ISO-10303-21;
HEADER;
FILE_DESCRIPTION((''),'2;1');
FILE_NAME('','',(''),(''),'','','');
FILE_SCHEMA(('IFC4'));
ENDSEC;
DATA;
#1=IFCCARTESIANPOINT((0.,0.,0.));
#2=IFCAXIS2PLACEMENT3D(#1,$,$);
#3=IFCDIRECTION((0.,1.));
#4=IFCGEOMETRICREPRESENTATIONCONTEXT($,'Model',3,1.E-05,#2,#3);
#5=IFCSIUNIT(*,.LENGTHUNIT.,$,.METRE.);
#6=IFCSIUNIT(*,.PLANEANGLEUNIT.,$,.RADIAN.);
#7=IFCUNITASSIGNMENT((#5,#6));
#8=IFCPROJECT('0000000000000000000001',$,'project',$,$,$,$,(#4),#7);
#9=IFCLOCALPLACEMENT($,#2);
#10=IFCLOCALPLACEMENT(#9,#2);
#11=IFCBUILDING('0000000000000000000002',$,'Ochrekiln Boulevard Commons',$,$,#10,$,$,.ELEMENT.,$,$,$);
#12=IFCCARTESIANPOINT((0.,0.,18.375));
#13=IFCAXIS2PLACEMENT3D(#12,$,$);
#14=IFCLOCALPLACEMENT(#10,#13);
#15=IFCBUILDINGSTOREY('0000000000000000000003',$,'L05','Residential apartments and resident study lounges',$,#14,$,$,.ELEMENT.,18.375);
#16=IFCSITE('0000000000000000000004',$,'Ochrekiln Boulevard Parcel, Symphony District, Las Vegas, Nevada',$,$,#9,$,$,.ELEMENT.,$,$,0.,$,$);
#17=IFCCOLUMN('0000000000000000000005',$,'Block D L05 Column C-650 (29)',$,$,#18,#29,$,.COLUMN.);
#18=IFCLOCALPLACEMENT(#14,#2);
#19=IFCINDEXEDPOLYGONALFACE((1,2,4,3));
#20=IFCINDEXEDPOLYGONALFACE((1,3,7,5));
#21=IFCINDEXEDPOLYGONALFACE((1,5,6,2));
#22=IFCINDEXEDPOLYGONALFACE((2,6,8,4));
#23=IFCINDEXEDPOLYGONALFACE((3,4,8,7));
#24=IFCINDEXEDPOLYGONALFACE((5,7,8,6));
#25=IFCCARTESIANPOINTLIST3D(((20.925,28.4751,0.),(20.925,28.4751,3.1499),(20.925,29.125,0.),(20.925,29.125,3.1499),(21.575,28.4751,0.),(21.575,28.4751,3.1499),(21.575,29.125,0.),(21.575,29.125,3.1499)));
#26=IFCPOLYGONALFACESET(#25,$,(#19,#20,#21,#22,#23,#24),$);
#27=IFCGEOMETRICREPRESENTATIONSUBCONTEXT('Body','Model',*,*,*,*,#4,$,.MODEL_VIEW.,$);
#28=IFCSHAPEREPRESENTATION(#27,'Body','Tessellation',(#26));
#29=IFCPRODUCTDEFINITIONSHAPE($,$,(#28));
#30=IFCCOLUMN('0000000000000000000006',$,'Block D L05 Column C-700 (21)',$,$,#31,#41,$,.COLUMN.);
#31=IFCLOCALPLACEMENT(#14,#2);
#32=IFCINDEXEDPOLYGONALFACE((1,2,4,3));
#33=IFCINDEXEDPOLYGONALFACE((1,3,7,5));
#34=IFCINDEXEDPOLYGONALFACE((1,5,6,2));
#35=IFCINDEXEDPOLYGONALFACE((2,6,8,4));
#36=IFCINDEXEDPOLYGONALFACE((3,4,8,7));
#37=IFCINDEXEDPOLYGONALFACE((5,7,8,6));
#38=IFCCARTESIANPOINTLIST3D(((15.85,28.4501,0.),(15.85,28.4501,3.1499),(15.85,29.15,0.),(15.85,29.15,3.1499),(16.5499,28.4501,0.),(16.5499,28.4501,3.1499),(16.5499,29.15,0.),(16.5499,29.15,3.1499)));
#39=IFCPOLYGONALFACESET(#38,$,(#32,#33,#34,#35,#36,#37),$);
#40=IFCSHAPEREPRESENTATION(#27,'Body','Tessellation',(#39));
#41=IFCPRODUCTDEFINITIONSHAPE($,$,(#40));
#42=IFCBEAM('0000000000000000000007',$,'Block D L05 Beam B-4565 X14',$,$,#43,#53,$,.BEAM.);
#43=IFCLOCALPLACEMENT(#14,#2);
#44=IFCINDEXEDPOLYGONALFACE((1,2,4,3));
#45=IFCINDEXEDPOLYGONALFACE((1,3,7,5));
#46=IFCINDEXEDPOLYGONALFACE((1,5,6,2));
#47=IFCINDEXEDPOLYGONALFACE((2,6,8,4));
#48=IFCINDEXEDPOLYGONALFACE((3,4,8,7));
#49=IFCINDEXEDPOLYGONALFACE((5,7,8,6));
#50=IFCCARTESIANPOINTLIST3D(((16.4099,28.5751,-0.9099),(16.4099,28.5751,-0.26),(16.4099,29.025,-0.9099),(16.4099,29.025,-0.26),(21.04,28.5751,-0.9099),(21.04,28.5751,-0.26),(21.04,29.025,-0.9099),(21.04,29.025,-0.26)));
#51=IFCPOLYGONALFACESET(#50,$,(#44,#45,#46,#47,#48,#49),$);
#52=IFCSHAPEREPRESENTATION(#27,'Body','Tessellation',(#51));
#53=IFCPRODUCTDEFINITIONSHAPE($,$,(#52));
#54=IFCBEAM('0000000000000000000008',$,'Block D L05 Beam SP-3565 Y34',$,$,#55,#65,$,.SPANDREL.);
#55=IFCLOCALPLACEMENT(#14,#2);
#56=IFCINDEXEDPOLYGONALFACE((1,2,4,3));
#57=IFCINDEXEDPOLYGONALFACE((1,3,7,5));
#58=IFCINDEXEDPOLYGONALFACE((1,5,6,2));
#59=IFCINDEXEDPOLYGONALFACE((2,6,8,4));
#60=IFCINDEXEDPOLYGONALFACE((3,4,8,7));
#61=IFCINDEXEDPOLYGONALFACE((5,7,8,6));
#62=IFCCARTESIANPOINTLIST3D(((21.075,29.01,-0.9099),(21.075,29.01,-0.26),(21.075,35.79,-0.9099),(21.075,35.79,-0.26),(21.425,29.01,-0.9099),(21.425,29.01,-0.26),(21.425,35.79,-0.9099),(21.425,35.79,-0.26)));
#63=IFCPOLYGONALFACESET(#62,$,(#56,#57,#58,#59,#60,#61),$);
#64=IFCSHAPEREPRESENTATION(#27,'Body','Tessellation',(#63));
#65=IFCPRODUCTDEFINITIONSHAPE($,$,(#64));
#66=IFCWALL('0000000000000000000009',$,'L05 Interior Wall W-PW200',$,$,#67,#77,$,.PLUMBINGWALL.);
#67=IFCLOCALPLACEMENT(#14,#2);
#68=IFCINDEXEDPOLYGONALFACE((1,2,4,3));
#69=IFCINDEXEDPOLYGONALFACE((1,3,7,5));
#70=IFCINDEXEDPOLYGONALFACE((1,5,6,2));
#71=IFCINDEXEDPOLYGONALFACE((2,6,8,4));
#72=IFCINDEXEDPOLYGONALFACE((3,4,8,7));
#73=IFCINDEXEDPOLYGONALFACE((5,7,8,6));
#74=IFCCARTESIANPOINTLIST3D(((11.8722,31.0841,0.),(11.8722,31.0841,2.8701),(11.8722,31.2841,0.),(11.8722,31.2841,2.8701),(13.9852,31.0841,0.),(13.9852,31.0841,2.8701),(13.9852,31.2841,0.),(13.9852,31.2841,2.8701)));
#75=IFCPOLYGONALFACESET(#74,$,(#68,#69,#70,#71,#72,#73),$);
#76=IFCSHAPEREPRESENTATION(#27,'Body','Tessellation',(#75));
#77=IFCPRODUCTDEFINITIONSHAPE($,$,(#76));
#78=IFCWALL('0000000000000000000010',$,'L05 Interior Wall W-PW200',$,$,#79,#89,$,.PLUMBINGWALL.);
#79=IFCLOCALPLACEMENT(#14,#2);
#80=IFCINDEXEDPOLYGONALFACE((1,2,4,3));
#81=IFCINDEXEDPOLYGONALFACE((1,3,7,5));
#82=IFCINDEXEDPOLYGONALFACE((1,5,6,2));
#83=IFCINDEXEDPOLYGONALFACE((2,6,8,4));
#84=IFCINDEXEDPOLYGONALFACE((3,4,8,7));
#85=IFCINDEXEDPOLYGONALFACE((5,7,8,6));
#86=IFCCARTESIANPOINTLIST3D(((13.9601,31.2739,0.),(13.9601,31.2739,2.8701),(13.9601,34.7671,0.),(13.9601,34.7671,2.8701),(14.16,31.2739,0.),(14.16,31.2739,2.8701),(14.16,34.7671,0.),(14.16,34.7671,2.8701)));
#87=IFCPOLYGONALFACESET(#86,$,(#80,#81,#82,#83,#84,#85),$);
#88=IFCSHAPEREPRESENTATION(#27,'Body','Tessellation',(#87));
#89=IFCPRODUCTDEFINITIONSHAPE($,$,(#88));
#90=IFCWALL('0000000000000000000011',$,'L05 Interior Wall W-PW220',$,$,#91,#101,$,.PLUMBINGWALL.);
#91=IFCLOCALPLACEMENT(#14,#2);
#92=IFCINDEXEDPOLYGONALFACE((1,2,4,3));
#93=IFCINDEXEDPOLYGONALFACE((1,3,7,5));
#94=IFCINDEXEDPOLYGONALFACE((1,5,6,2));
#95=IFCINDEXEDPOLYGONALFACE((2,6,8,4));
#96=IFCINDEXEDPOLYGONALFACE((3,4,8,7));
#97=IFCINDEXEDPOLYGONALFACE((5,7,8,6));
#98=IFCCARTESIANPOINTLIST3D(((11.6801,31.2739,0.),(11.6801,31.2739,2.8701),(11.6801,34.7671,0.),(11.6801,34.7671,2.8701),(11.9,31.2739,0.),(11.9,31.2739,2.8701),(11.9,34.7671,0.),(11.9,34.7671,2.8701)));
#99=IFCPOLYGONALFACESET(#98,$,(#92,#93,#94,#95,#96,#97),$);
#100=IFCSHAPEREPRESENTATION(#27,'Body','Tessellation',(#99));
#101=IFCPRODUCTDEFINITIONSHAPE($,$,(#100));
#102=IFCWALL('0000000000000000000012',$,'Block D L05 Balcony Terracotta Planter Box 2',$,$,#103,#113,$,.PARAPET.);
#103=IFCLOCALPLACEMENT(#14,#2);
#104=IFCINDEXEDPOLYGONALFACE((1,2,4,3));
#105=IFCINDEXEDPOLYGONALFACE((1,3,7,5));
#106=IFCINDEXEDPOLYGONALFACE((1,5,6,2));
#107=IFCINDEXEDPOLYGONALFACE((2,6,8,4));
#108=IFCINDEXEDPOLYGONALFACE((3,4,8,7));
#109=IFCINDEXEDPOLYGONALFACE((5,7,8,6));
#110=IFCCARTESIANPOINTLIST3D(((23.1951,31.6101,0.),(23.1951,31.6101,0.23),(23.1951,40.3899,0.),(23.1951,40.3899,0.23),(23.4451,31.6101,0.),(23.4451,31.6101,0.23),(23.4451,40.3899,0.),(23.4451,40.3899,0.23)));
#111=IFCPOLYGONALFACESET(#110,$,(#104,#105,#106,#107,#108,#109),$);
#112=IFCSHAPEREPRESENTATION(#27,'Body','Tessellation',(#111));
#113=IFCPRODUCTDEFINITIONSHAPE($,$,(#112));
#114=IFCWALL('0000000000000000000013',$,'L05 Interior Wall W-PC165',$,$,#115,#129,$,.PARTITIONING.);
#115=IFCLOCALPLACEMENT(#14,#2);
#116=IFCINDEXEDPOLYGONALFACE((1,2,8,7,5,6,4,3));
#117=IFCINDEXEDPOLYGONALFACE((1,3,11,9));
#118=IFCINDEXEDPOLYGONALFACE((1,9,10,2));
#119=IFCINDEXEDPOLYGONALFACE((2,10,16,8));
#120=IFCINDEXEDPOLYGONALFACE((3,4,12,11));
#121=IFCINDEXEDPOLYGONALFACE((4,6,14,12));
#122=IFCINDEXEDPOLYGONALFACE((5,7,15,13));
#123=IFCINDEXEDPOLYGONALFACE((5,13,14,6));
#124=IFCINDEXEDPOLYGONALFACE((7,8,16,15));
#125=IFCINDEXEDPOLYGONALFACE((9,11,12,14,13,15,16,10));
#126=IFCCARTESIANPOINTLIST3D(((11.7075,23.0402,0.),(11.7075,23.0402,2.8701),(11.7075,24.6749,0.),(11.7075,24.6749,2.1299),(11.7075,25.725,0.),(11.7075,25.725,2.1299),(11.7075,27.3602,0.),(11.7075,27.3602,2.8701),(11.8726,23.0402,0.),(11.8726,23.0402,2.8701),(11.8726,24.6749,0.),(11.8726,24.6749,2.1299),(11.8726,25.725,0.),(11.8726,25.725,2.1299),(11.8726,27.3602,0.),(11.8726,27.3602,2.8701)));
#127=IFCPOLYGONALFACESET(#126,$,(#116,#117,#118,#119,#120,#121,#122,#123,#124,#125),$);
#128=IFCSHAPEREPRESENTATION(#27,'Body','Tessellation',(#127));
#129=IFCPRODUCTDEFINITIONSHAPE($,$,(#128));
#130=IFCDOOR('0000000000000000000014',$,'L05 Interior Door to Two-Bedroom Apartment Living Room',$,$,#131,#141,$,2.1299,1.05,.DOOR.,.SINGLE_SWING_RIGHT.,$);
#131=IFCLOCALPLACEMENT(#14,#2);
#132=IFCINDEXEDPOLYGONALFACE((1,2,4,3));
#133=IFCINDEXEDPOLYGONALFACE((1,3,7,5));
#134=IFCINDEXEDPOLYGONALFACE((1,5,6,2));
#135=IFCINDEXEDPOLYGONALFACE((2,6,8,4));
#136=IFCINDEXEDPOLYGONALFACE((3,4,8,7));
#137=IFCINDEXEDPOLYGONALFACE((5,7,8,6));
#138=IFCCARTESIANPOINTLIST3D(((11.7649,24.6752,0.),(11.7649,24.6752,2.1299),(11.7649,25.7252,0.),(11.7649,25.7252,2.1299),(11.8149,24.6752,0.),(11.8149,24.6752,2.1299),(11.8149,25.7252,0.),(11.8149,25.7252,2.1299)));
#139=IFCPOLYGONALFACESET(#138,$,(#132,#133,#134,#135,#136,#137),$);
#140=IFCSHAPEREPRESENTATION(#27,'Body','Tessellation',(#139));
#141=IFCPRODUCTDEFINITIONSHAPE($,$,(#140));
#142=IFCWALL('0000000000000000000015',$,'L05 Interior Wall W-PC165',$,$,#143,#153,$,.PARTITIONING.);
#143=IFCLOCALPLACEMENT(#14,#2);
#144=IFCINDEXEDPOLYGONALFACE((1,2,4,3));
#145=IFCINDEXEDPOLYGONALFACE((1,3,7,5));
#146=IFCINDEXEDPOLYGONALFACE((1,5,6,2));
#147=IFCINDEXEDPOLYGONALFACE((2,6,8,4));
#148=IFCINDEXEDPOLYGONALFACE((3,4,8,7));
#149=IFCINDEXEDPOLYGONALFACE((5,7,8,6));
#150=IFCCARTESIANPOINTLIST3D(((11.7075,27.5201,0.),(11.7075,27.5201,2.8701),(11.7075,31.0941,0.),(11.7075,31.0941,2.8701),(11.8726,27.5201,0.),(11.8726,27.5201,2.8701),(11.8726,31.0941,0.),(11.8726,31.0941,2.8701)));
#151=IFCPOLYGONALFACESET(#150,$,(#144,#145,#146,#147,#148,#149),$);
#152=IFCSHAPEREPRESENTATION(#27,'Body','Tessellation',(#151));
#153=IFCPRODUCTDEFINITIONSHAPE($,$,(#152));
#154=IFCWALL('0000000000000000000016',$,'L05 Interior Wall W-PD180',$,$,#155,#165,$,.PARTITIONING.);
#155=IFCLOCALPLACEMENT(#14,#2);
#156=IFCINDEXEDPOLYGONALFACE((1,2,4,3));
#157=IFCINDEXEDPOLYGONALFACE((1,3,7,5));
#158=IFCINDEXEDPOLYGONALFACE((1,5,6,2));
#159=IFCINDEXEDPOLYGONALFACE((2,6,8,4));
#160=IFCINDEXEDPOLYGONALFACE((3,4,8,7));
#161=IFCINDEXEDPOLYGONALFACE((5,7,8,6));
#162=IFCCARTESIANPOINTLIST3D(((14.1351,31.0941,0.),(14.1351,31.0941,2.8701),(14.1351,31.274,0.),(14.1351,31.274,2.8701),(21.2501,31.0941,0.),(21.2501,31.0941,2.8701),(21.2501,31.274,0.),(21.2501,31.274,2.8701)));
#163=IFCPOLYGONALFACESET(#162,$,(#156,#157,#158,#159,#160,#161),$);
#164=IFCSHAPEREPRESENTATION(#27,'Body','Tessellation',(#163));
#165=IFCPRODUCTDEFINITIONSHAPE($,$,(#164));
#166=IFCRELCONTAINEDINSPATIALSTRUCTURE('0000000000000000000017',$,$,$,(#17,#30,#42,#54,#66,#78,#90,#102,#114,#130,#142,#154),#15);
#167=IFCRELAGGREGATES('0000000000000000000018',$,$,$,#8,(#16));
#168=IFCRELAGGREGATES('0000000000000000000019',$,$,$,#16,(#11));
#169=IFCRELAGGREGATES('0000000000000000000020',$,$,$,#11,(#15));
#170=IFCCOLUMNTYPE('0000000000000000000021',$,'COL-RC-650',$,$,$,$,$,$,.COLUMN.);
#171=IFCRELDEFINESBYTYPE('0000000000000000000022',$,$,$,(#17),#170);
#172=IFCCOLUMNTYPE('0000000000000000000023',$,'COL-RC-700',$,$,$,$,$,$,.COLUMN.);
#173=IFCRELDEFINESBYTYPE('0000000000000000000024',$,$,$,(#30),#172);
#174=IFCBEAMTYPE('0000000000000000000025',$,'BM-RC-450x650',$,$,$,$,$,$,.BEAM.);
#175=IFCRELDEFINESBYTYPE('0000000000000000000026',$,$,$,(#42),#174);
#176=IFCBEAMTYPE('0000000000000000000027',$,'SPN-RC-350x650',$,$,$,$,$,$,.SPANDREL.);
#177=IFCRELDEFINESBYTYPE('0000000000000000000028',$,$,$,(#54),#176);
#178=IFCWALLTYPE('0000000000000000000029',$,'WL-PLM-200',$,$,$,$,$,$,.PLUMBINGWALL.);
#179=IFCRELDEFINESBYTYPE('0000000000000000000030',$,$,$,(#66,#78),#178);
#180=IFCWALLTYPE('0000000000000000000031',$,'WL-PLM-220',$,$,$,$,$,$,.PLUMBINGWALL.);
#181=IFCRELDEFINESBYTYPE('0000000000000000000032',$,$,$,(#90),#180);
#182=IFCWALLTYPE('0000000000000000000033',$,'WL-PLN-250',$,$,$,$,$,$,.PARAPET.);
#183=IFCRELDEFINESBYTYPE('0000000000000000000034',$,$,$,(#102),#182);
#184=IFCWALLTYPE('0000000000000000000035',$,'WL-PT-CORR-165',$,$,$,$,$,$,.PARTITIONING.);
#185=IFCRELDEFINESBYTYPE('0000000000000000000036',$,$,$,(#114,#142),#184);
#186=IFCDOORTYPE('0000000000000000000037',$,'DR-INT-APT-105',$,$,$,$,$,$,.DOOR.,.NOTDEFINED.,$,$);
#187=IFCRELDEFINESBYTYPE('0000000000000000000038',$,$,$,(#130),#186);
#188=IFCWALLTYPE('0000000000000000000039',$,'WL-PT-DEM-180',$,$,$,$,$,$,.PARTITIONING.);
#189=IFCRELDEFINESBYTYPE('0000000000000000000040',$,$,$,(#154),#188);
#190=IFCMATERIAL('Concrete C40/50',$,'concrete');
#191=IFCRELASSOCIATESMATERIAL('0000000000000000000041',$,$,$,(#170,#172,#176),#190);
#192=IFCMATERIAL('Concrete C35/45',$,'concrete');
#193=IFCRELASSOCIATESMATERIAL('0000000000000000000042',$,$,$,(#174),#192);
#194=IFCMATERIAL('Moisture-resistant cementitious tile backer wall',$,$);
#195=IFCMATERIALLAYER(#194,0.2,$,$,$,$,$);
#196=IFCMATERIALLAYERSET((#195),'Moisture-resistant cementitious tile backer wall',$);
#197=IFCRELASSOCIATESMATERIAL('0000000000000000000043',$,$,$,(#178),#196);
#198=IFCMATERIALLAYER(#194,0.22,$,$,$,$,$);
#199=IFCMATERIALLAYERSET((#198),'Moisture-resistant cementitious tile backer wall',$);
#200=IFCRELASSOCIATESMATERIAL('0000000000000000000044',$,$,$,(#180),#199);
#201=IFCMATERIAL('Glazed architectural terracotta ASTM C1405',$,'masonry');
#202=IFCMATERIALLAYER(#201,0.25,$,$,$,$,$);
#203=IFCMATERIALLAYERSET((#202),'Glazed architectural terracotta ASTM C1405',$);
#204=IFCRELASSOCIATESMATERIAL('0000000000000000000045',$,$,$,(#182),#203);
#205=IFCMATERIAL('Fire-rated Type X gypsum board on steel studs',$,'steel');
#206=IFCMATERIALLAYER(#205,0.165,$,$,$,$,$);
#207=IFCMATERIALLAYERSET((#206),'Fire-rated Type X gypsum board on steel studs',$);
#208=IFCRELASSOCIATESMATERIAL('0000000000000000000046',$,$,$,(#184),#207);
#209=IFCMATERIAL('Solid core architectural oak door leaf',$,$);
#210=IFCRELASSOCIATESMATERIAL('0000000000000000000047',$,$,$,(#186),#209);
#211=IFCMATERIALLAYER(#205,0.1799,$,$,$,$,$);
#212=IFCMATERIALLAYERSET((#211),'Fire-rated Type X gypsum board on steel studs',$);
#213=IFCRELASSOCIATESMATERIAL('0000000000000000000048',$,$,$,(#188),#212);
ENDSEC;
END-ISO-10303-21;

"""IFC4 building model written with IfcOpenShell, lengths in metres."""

from ifc_helpers import new_model, si_unit, direction, frame, frame_2d, origin, origin_2d, place, context, subcontext, project, spatial, rectangle, extrude, material, layer, layer_set, material_profile, profile_set, type_object, element, fill, save


model = new_model("IFC4")

# Units and contexts
model_context = context("Model", 3, precision=1e-05, world=origin(), true_north=direction((0.0, 1.0)))
body_context = subcontext(model_context, "Body", "Model", "MODEL_VIEW")
ifc_project = project(units=[si_unit("LENGTHUNIT", "METRE"), si_unit("PLANEANGLEUNIT", "RADIAN")], contexts=[model_context])

# Site, building, storey
site_placement = place(None, origin())
site = spatial("IfcSite", under=ifc_project, at=site_placement, Name="Ochrekiln Boulevard Parcel, Symphony District, Las Vegas, Nevada", CompositionType="ELEMENT", RefElevation=0.0)
building_placement = place(site_placement, origin())
building = spatial("IfcBuilding", under=site, at=building_placement, Name="Ochrekiln Boulevard Commons", CompositionType="ELEMENT")
storey_placement = place(building_placement, frame((0.0, 0.0, 18.375)))
storey = spatial("IfcBuildingStorey", under=building, at=storey_placement, Name="L05", Description="Residential apartments and resident study lounges", CompositionType="ELEMENT", Elevation=18.375)

# Columns
ifc_material_1 = material(Name="Concrete C40/50", Category="concrete")
ifc_material_profile_1 = material_profile(ifc_material_1, rectangle(XDim=0.6499, YDim=0.6499, at=origin_2d()), Name="RC-COL-650x650")
ifc_profile_set_1 = profile_set([ifc_material_profile_1], Name="Concrete C40/50")
column_type_1 = type_object("IfcColumnType", Name="COL-RC-650", PredefinedType="COLUMN", material=ifc_profile_set_1)
column_1_placement = place(storey_placement, frame((21.25, 28.8, 0.0), z_axis=(0.0, 0.0, 1.0), x_axis=(1.0, 0.0, 0.0)))
element("IfcColumn", 1, at=column_1_placement, inside=storey, type_object=column_type_1, Name="Block D L05 Column C-650 (29)", PredefinedType="COLUMN", context=body_context, shape_type="SweptSolid", body=[
    extrude(rectangle(XDim=0.6499, YDim=0.6499, at=origin_2d()), origin(), (0.0, 0.0, 1.0), 3.1499),
])
ifc_material_profile_2 = material_profile(ifc_material_1, rectangle(XDim=0.7, YDim=0.7, at=origin_2d()), Name="RC-COL-700x700")
ifc_profile_set_2 = profile_set([ifc_material_profile_2], Name="Concrete C40/50")
column_type_2 = type_object("IfcColumnType", Name="COL-RC-700", PredefinedType="COLUMN", material=ifc_profile_set_2)
column_2_placement = place(storey_placement, frame((16.2, 28.8, 0.0), z_axis=(0.0, 0.0, 1.0), x_axis=(1.0, 0.0, 0.0)))
element("IfcColumn", 2, at=column_2_placement, inside=storey, type_object=column_type_2, Name="Block D L05 Column C-700 (21)", PredefinedType="COLUMN", context=body_context, shape_type="SweptSolid", body=[
    extrude(rectangle(XDim=0.7, YDim=0.7, at=origin_2d()), origin(), (0.0, 0.0, 1.0), 3.1499),
])

# Beams
ifc_material_2 = material(Name="Concrete C35/45", Category="concrete")
ifc_material_profile_3 = material_profile(ifc_material_2, rectangle(XDim=0.45, YDim=0.6499, at=origin_2d()), Name="RC-BM-450x650")
ifc_profile_set_3 = profile_set([ifc_material_profile_3], Name="Concrete C35/45")
beam_type_1 = type_object("IfcBeamType", Name="BM-RC-450x650", PredefinedType="BEAM", material=ifc_profile_set_3)
beam_1_placement = place(storey_placement, frame((16.4099, 28.8, -0.585), z_axis=(1.0, 0.0, 0.0), x_axis=(0.0, 1.0, 0.0)))
element("IfcBeam", 3, at=beam_1_placement, inside=storey, type_object=beam_type_1, Name="Block D L05 Beam B-4565 X14", PredefinedType="BEAM", context=body_context, shape_type="SweptSolid", body=[
    extrude(rectangle(XDim=0.45, YDim=0.6499, at=origin_2d()), origin(), (0.0, 0.0, 1.0), 4.6301),
])
ifc_material_profile_4 = material_profile(ifc_material_1, rectangle(XDim=0.3501, YDim=0.6499, at=origin_2d()), Name="RC-SPN-350x650")
ifc_profile_set_4 = profile_set([ifc_material_profile_4], Name="Concrete C40/50")
beam_type_2 = type_object("IfcBeamType", Name="SPN-RC-350x650", PredefinedType="SPANDREL", material=ifc_profile_set_4)
beam_2_placement = place(storey_placement, frame((21.25, 29.01, -0.585), z_axis=(0.0, 1.0, 0.0), x_axis=(-1.0, 0.0, 0.0)))
element("IfcBeam", 4, at=beam_2_placement, inside=storey, type_object=beam_type_2, Name="Block D L05 Beam SP-3565 Y34", PredefinedType="SPANDREL", context=body_context, shape_type="SweptSolid", body=[
    extrude(rectangle(XDim=0.3501, YDim=0.6499, at=origin_2d()), origin(), (0.0, 0.0, 1.0), 6.78),
])

# Walls
ifc_material_3 = material(Name="Moisture-resistant cementitious tile backer wall")
ifc_layer_1 = layer(ifc_material_3, 0.2)
ifc_layer_set_1 = layer_set([ifc_layer_1], Name="Moisture-resistant cementitious tile backer wall")
wall_type_1 = type_object("IfcWallType", Name="WL-PLM-200", PredefinedType="PLUMBINGWALL", material=ifc_layer_set_1)
wall_1_placement = place(storey_placement, frame((11.8721, 31.1841, 0.0), z_axis=(0.0, 0.0, 1.0), x_axis=(1.0, 0.0, 0.0)))
element("IfcWall", 5, at=wall_1_placement, inside=storey, type_object=wall_type_1, Name="L05 Interior Wall W-PW200", PredefinedType="PLUMBINGWALL", context=body_context, shape_type="SweptSolid", body=[
    extrude(rectangle(XDim=2.113, YDim=0.2, at=frame_2d((1.0566, 0.0))), origin(), (0.0, 0.0, 1.0), 2.8701),
])
wall_2_placement = place(storey_placement, frame((14.0601, 31.2739, 0.0), z_axis=(0.0, 0.0, 1.0), x_axis=(0.0, 1.0, 0.0)))
element("IfcWall", 6, at=wall_2_placement, inside=storey, type_object=wall_type_1, Name="L05 Interior Wall W-PW200", PredefinedType="PLUMBINGWALL", context=body_context, shape_type="SweptSolid", body=[
    extrude(rectangle(XDim=3.4932, YDim=0.2, at=frame_2d((1.7466, 0.0))), origin(), (0.0, 0.0, 1.0), 2.8701),
])
ifc_layer_2 = layer(ifc_material_3, 0.22)
ifc_layer_set_2 = layer_set([ifc_layer_2], Name="Moisture-resistant cementitious tile backer wall")
wall_type_2 = type_object("IfcWallType", Name="WL-PLM-220", PredefinedType="PLUMBINGWALL", material=ifc_layer_set_2)
wall_3_placement = place(storey_placement, frame((11.79, 31.2739, 0.0), z_axis=(0.0, 0.0, 1.0), x_axis=(0.0, 1.0, 0.0)))
element("IfcWall", 7, at=wall_3_placement, inside=storey, type_object=wall_type_2, Name="L05 Interior Wall W-PW220", PredefinedType="PLUMBINGWALL", context=body_context, shape_type="SweptSolid", body=[
    extrude(rectangle(XDim=3.4932, YDim=0.22, at=frame_2d((1.7466, 0.0))), origin(), (0.0, 0.0, 1.0), 2.8701),
])
ifc_material_4 = material(Name="Glazed architectural terracotta ASTM C1405", Category="masonry")
ifc_layer_3 = layer(ifc_material_4, 0.25)
ifc_layer_set_3 = layer_set([ifc_layer_3], Name="Glazed architectural terracotta ASTM C1405")
wall_type_3 = type_object("IfcWallType", Name="WL-PLN-250", PredefinedType="PARAPET", material=ifc_layer_set_3)
wall_4_placement = place(storey_placement, frame((23.3201, 31.6101, 0.0), z_axis=(0.0, 0.0, 1.0), x_axis=(0.0, 1.0, 0.0)))
element("IfcWall", 8, at=wall_4_placement, inside=storey, type_object=wall_type_3, Name="Block D L05 Balcony Terracotta Planter Box 2", PredefinedType="PARAPET", context=body_context, shape_type="SweptSolid", body=[
    extrude(rectangle(XDim=8.7798, YDim=0.25, at=frame_2d((4.3899, 0.0))), origin(), (0.0, 0.0, 1.0), 0.23),
])

# Wall, opening, door
ifc_material_5 = material(Name="Fire-rated Type X gypsum board on steel studs", Category="steel")
ifc_layer_4 = layer(ifc_material_5, 0.165)
ifc_layer_set_4 = layer_set([ifc_layer_4], Name="Fire-rated Type X gypsum board on steel studs")
wall_type_4 = type_object("IfcWallType", Name="WL-PT-CORR-165", PredefinedType="PARTITIONING", material=ifc_layer_set_4)
wall_5_placement = place(storey_placement, frame((11.79, 23.04, 0.0), z_axis=(0.0, 0.0, 1.0), x_axis=(0.0, 1.0, 0.0)))
wall_5 = element("IfcWall", 9, at=wall_5_placement, inside=storey, type_object=wall_type_4, Name="L05 Interior Wall W-PC165", PredefinedType="PARTITIONING", context=body_context, shape_type="SweptSolid", body=[
    extrude(rectangle(XDim=4.3201, YDim=0.165, at=frame_2d((2.1602, 0.0))), origin(), (0.0, 0.0, 1.0), 2.8701),
])
opening_1_placement = place(wall_5_placement, frame((1.635, 0.0, 0.0)))
opening_1 = element("IfcOpeningElement", 10, at=opening_1_placement, cuts=wall_5, PredefinedType="OPENING", context=body_context, shape_type="SweptSolid", body=[
    extrude(rectangle(XDim=1.05, YDim=2.1299, at=frame_2d((0.5249, 1.0649))), frame((0.0, 0.0925, 0.0), z_axis=(0.0, -1.0, 0.0), x_axis=(1.0, 0.0, 0.0)), (0.0, 0.0, 1.0), 0.1851),
])
ifc_material_6 = material(Name="Solid core architectural oak door leaf")
door_type_1 = type_object("IfcDoorType", Name="DR-INT-APT-105", OperationType="NOTDEFINED", PredefinedType="DOOR", material=ifc_material_6)
door_1_placement = place(opening_1_placement, frame((1.05, 0.0, 0.0), z_axis=(0.0, 0.0, 1.0), x_axis=(-1.0, 0.0, 0.0)))
door_1 = element("IfcDoor", 11, at=door_1_placement, inside=storey, type_object=door_type_1, Name="L05 Interior Door to Two-Bedroom Apartment Living Room", OperationType="SINGLE_SWING_RIGHT", OverallHeight=2.1299, OverallWidth=1.05, PredefinedType="DOOR", context=body_context, shape_type="SweptSolid", body=[
    extrude(rectangle(XDim=1.05, YDim=2.1299, at=frame_2d((0.5249, 1.0649))), frame((0.0, 0.0249, 0.0), z_axis=(0.0, -1.0, 0.0), x_axis=(1.0, 0.0, 0.0)), (0.0, 0.0, 1.0), 0.05),
])
fill(opening_1, door_1)

# Walls
wall_6_placement = place(storey_placement, frame((11.79, 27.52, 0.0), z_axis=(0.0, 0.0, 1.0), x_axis=(0.0, 1.0, 0.0)))
element("IfcWall", 12, at=wall_6_placement, inside=storey, type_object=wall_type_4, Name="L05 Interior Wall W-PC165", PredefinedType="PARTITIONING", context=body_context, shape_type="SweptSolid", body=[
    extrude(rectangle(XDim=3.574, YDim=0.165, at=frame_2d((1.7871, 0.0))), origin(), (0.0, 0.0, 1.0), 2.8701),
])
ifc_layer_5 = layer(ifc_material_5, 0.1799)
ifc_layer_set_5 = layer_set([ifc_layer_5], Name="Fire-rated Type X gypsum board on steel studs")
wall_type_5 = type_object("IfcWallType", Name="WL-PT-DEM-180", PredefinedType="PARTITIONING", material=ifc_layer_set_5)
wall_7_placement = place(storey_placement, frame((14.135, 31.1841, 0.0), z_axis=(0.0, 0.0, 1.0), x_axis=(1.0, 0.0, 0.0)))
element("IfcWall", 13, at=wall_7_placement, inside=storey, type_object=wall_type_5, Name="L05 Interior Wall W-PD180", PredefinedType="PARTITIONING", context=body_context, shape_type="SweptSolid", body=[
    extrude(rectangle(XDim=7.115, YDim=0.1799, at=frame_2d((3.5576, 0.0))), origin(), (0.0, 0.0, 1.0), 2.8701),
])

save(model, "model.ifc")
